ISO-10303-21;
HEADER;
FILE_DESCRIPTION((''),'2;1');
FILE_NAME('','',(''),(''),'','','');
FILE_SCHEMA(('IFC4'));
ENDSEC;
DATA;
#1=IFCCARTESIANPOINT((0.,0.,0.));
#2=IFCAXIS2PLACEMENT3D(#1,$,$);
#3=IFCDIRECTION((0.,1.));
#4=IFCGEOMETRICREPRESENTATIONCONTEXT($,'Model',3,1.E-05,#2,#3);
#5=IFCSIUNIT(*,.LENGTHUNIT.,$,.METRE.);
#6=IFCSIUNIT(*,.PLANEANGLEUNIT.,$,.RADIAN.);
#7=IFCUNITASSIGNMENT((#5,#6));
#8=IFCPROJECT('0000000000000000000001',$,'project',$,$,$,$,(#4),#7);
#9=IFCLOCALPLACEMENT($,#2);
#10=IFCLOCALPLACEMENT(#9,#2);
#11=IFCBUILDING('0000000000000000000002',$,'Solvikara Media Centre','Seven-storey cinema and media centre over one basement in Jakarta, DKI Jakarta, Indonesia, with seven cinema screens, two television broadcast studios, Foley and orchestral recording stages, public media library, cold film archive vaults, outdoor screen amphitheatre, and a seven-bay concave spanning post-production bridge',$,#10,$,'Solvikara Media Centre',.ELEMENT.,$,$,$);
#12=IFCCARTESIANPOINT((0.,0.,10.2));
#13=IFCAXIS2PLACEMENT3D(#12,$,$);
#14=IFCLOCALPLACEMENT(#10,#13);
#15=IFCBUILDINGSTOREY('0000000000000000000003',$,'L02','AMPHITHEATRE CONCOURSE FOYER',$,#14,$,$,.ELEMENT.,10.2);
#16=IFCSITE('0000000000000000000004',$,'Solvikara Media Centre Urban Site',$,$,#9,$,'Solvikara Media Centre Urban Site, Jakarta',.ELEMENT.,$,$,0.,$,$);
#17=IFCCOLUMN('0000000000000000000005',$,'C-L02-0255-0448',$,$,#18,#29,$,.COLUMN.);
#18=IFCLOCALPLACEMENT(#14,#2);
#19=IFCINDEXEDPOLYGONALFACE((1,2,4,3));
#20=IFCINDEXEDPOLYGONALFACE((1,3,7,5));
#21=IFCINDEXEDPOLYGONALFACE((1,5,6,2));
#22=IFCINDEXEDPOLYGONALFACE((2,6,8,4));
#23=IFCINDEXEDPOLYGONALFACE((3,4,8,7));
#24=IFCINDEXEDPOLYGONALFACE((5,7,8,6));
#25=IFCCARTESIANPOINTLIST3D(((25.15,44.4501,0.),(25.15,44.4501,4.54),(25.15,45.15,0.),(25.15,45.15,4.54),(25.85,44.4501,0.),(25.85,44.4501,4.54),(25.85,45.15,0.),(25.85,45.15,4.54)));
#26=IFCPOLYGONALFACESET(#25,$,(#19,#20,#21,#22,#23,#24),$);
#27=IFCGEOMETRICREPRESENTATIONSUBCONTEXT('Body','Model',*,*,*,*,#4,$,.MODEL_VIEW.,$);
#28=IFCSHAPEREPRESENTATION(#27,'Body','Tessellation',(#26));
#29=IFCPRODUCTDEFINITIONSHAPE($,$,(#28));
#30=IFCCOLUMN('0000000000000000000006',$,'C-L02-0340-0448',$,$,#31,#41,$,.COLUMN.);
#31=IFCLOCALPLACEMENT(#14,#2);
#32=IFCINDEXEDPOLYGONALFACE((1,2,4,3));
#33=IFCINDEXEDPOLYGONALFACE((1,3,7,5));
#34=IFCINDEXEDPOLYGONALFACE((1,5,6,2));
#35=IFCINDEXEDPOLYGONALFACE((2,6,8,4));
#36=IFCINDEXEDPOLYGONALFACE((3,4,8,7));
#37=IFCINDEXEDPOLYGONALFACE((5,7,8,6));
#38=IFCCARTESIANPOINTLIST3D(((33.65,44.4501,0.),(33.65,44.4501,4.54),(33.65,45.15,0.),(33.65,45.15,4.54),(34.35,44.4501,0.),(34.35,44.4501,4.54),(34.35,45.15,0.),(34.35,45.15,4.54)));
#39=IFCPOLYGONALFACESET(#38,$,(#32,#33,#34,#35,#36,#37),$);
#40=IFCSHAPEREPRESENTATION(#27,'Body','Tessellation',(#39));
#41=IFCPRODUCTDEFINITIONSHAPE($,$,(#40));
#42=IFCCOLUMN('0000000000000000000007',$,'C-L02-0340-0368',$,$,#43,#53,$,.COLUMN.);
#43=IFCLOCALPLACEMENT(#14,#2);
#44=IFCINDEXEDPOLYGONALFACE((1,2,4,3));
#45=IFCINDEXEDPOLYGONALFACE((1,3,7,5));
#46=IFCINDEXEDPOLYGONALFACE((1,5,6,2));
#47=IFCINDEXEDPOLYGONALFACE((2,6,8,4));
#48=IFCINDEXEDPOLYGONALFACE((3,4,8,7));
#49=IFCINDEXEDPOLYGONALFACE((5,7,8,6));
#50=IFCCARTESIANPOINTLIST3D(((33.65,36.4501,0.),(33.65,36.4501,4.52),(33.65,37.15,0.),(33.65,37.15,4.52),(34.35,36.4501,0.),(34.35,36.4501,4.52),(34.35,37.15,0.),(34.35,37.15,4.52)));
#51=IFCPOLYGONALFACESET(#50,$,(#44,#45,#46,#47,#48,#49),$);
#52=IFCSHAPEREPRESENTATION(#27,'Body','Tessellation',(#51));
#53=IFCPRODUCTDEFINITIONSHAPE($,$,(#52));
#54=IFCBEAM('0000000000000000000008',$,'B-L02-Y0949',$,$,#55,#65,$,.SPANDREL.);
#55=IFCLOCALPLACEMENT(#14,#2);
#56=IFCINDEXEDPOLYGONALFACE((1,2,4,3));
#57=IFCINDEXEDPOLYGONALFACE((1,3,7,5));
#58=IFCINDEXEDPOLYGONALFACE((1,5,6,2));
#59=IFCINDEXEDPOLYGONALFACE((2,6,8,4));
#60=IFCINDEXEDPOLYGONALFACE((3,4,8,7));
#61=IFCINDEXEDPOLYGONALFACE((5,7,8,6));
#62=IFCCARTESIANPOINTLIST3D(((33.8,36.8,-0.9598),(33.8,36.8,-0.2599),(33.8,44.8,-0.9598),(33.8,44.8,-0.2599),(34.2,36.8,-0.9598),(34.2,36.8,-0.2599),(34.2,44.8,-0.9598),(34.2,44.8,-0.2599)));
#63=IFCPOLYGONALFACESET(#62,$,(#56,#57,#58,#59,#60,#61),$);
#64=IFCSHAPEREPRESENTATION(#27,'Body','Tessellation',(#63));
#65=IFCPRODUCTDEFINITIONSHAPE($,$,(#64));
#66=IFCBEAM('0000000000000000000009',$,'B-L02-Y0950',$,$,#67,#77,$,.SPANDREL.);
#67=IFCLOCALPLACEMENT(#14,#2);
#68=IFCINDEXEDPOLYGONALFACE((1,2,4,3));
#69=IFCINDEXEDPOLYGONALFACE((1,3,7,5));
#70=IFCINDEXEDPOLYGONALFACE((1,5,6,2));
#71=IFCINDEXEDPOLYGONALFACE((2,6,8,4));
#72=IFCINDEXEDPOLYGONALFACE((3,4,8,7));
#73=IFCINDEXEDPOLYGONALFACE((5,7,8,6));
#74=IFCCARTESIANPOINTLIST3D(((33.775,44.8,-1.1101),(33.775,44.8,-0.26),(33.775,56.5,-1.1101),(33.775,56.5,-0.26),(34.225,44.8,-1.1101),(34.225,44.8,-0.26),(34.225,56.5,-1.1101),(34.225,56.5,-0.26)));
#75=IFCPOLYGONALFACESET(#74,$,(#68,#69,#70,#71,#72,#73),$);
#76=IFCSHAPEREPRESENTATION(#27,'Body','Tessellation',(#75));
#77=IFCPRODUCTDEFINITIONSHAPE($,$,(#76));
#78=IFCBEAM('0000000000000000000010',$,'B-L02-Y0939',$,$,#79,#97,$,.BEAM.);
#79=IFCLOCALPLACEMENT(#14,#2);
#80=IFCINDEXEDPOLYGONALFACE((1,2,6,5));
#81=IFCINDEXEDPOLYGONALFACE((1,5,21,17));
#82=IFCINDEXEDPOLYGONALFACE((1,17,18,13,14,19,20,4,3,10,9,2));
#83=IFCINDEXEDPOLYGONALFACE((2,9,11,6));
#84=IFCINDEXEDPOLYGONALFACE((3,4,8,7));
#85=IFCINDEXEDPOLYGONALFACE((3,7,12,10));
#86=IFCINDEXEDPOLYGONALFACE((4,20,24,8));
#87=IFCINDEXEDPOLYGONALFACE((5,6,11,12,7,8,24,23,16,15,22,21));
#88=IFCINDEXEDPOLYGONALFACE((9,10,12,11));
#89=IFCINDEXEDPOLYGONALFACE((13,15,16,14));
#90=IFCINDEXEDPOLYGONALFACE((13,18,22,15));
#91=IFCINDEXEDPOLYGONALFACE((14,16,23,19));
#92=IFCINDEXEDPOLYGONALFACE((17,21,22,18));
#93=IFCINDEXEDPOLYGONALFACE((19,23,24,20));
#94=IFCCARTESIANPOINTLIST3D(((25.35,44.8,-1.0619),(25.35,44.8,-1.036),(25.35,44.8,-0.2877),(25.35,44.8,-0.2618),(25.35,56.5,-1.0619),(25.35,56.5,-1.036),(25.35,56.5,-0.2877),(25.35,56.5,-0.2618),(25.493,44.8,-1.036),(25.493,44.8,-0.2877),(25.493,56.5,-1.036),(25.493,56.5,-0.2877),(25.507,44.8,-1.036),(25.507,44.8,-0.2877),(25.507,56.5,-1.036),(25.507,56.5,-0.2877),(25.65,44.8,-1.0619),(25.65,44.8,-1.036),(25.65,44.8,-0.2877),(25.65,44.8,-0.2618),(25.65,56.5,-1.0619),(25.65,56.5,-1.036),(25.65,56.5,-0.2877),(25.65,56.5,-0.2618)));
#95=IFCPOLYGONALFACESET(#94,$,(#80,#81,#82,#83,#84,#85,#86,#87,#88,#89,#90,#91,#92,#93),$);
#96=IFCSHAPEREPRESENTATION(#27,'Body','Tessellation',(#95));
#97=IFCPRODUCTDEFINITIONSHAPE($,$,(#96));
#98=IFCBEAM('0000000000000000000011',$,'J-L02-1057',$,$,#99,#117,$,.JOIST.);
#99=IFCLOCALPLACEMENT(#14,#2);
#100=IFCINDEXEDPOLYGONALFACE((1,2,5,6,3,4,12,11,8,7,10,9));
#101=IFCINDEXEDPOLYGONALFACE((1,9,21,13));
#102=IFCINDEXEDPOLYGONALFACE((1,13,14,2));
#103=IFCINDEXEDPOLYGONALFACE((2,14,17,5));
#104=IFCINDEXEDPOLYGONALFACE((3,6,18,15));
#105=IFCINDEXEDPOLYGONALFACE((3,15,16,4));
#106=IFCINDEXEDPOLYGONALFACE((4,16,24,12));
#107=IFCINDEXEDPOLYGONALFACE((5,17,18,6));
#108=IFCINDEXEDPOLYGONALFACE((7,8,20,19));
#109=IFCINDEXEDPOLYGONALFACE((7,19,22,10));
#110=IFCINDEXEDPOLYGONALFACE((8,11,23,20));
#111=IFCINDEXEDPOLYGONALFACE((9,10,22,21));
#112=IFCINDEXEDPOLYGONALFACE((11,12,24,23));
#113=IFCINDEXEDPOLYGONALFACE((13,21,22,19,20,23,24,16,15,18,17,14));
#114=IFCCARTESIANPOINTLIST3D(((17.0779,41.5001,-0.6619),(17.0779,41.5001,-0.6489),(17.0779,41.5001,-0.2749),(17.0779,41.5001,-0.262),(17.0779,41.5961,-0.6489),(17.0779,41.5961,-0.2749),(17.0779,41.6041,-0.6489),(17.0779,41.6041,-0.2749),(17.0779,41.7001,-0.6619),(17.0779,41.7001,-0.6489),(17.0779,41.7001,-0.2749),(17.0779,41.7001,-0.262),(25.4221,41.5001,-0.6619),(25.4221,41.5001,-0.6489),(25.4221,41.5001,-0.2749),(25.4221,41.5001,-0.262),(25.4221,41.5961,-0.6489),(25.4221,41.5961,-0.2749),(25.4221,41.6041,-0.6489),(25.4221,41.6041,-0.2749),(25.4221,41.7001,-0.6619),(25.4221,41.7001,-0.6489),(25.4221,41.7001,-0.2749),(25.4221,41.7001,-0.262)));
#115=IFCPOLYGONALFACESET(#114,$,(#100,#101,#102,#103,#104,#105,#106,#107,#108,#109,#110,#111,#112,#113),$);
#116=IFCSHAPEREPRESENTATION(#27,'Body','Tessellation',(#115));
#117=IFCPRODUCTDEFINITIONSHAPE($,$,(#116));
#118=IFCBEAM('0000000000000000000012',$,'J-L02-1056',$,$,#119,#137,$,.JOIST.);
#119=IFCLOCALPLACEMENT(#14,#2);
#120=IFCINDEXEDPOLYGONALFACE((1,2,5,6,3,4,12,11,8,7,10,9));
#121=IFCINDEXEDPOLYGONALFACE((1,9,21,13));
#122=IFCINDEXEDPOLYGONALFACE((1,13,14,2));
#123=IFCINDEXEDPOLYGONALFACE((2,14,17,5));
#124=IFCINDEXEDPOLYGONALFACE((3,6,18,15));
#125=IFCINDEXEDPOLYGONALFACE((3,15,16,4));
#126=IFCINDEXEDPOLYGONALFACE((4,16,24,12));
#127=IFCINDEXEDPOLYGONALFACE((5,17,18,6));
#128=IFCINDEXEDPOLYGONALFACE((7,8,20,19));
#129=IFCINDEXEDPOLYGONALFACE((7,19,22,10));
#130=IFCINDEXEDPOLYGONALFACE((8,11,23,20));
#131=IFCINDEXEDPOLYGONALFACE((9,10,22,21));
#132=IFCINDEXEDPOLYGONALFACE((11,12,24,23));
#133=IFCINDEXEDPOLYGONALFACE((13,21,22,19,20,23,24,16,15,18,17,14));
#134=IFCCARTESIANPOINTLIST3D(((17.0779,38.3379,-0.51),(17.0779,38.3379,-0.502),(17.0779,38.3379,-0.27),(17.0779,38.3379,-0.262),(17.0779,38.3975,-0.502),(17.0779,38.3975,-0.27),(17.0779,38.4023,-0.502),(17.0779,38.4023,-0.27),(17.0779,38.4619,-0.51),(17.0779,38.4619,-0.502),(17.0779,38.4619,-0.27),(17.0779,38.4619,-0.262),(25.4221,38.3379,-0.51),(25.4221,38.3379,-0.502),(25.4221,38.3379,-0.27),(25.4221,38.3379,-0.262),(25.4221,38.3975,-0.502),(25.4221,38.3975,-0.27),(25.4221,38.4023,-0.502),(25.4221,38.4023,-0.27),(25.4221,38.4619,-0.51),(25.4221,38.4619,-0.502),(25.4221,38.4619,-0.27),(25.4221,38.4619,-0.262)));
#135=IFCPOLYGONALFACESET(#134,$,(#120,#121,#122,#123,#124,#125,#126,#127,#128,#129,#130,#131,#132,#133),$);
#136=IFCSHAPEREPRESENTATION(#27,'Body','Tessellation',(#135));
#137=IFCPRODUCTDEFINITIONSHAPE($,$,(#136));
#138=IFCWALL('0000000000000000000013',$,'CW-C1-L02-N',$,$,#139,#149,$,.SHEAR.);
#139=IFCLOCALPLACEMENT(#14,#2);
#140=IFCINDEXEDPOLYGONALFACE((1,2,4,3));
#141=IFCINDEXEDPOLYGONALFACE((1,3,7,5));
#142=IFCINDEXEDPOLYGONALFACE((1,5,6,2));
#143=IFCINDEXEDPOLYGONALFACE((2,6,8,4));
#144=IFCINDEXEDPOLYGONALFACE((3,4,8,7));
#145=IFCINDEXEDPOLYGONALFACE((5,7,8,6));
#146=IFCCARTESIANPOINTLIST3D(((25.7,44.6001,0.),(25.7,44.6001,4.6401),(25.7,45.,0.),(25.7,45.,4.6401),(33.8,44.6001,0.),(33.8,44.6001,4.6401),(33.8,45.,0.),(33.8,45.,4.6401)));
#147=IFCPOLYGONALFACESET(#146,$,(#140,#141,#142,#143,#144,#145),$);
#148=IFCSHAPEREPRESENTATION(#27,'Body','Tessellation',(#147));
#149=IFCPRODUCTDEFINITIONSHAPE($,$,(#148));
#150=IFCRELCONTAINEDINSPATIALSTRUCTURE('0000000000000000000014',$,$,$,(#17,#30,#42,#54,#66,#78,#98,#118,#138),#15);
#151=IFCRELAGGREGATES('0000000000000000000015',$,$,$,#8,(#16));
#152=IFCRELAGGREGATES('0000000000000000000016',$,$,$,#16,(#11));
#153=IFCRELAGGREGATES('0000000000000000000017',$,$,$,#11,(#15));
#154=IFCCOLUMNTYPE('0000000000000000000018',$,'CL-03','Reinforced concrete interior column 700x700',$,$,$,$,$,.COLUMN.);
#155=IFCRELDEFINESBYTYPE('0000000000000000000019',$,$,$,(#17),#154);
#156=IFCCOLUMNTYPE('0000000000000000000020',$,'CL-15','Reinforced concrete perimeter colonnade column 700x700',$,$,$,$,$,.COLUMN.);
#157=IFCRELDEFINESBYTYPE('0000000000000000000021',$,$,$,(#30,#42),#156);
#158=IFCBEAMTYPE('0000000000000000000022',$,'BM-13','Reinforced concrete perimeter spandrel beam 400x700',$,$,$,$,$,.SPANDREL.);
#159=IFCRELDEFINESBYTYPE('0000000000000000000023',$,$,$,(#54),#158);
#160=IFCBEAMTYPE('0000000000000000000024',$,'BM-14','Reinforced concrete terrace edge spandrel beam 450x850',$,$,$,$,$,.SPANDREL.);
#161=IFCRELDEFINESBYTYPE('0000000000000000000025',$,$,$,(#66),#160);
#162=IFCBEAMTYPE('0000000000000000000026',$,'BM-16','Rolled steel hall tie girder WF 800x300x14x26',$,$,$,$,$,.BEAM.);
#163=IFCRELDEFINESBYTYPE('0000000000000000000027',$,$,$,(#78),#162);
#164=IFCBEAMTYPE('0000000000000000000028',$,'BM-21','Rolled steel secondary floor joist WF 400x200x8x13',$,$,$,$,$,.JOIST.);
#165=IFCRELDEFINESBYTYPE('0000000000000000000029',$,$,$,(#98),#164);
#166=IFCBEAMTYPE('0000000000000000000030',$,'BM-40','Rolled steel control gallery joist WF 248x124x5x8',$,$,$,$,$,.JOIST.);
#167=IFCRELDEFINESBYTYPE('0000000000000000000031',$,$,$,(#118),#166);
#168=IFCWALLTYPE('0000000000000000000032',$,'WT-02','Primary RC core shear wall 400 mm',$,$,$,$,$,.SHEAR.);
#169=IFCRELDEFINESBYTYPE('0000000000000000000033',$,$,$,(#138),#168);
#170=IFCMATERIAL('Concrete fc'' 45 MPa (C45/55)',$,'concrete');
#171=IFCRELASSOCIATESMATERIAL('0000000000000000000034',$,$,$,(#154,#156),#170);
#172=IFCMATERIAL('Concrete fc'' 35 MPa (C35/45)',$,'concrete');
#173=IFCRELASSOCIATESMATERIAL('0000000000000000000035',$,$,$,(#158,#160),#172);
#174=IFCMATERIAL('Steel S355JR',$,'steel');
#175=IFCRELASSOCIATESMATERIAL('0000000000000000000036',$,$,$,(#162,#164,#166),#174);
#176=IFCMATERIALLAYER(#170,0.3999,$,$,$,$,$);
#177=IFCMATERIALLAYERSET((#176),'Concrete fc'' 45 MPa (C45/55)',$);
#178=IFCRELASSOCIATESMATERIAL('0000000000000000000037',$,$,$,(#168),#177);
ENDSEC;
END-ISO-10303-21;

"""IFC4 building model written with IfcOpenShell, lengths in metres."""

from ifc_helpers import new_model, si_unit, direction, frame, frame_2d, origin, origin_2d, place, context, subcontext, project, spatial, rectangle, i_section, extrude, material, layer, layer_set, material_profile, profile_set, type_object, element, save


model = new_model("IFC4")

# Units and contexts
model_context = context("Model", 3, precision=1e-05, world=origin(), true_north=direction((0.0, 1.0)))
body_context = subcontext(model_context, "Body", "Model", "MODEL_VIEW")
ifc_project = project(units=[si_unit("LENGTHUNIT", "METRE"), si_unit("PLANEANGLEUNIT", "RADIAN")], contexts=[model_context])

# Site, building, storey
site_placement = place(None, origin())
site = spatial("IfcSite", under=ifc_project, at=site_placement, Name="Solvikara Media Centre Urban Site", LongName="Solvikara Media Centre Urban Site, Jakarta", CompositionType="ELEMENT", RefElevation=0.0)
building_placement = place(site_placement, origin())
building = spatial("IfcBuilding", under=site, at=building_placement, Name="Solvikara Media Centre", Description="Seven-storey cinema and media centre over one basement in Jakarta, DKI Jakarta, Indonesia, with seven cinema screens, two television broadcast studios, Foley and orchestral recording stages, public media library, cold film archive vaults, outdoor screen amphitheatre, and a seven-bay concave spanning post-production bridge", LongName="Solvikara Media Centre", CompositionType="ELEMENT")
storey_placement = place(building_placement, frame((0.0, 0.0, 10.2)))
storey = spatial("IfcBuildingStorey", under=building, at=storey_placement, Name="L02", Description="AMPHITHEATRE CONCOURSE FOYER", CompositionType="ELEMENT", Elevation=10.2)

# Columns
ifc_material_1 = material(Name="Concrete fc' 45 MPa (C45/55)", Category="concrete")
ifc_material_profile_1 = material_profile(ifc_material_1, rectangle(XDim=0.7, YDim=0.7, at=origin_2d()), Name="RC 700x700")
ifc_profile_set_1 = profile_set([ifc_material_profile_1], Name="Concrete fc' 45 MPa (C45/55)")
column_type_1 = type_object("IfcColumnType", Name="CL-03", Description="Reinforced concrete interior column 700x700", PredefinedType="COLUMN", material=ifc_profile_set_1)
column_1_placement = place(storey_placement, frame((25.5, 44.8, 0.0), z_axis=(0.0, 0.0, 1.0), x_axis=(1.0, 0.0, 0.0)))
element("IfcColumn", 1, at=column_1_placement, inside=storey, type_object=column_type_1, Name="C-L02-0255-0448", PredefinedType="COLUMN", context=body_context, shape_type="SweptSolid", body=[
    extrude(rectangle(XDim=0.7, YDim=0.7, at=origin_2d()), origin(), (0.0, 0.0, 1.0), 4.54),
])
ifc_material_profile_2 = material_profile(ifc_material_1, rectangle(XDim=0.7, YDim=0.7, at=origin_2d()), Name="RC 700x700")
ifc_profile_set_2 = profile_set([ifc_material_profile_2], Name="Concrete fc' 45 MPa (C45/55)")
column_type_2 = type_object("IfcColumnType", Name="CL-15", Description="Reinforced concrete perimeter colonnade column 700x700", PredefinedType="COLUMN", material=ifc_profile_set_2)
column_2_placement = place(storey_placement, frame((34.0, 44.8, 0.0), z_axis=(0.0, 0.0, 1.0), x_axis=(1.0, 0.0, 0.0)))
element("IfcColumn", 2, at=column_2_placement, inside=storey, type_object=column_type_2, Name="C-L02-0340-0448", PredefinedType="COLUMN", context=body_context, shape_type="SweptSolid", body=[
    extrude(rectangle(XDim=0.7, YDim=0.7, at=origin_2d()), origin(), (0.0, 0.0, 1.0), 4.54),
])
column_3_placement = place(storey_placement, frame((34.0, 36.8, 0.0), z_axis=(0.0, 0.0, 1.0), x_axis=(1.0, 0.0, 0.0)))
element("IfcColumn", 3, at=column_3_placement, inside=storey, type_object=column_type_2, Name="C-L02-0340-0368", PredefinedType="COLUMN", context=body_context, shape_type="SweptSolid", body=[
    extrude(rectangle(XDim=0.7, YDim=0.7, at=origin_2d()), origin(), (0.0, 0.0, 1.0), 4.52),
])

# Beams
ifc_material_2 = material(Name="Concrete fc' 35 MPa (C35/45)", Category="concrete")
ifc_material_profile_3 = material_profile(ifc_material_2, rectangle(XDim=0.3999, YDim=0.7, at=origin_2d()), Name="RC 400x700")
ifc_profile_set_3 = profile_set([ifc_material_profile_3], Name="Concrete fc' 35 MPa (C35/45)")
beam_type_1 = type_object("IfcBeamType", Name="BM-13", Description="Reinforced concrete perimeter spandrel beam 400x700", PredefinedType="SPANDREL", material=ifc_profile_set_3)
beam_1_placement = place(storey_placement, frame((34.0, 36.8, -0.6099), z_axis=(0.0, 1.0, 0.0), x_axis=(-1.0, 0.0, 0.0)))
element("IfcBeam", 4, at=beam_1_placement, inside=storey, type_object=beam_type_1, Name="B-L02-Y0949", PredefinedType="SPANDREL", context=body_context, shape_type="SweptSolid", body=[
    extrude(rectangle(XDim=0.3999, YDim=0.7, at=origin_2d()), origin(), (0.0, 0.0, 1.0), 8.0),
])
ifc_material_profile_4 = material_profile(ifc_material_2, rectangle(XDim=0.45, YDim=0.8501, at=origin_2d()), Name="RC 450x850")
ifc_profile_set_4 = profile_set([ifc_material_profile_4], Name="Concrete fc' 35 MPa (C35/45)")
beam_type_2 = type_object("IfcBeamType", Name="BM-14", Description="Reinforced concrete terrace edge spandrel beam 450x850", PredefinedType="SPANDREL", material=ifc_profile_set_4)
beam_2_placement = place(storey_placement, frame((34.0, 44.8, -0.6851), z_axis=(0.0, 1.0, 0.0), x_axis=(-1.0, 0.0, 0.0)))
element("IfcBeam", 5, at=beam_2_placement, inside=storey, type_object=beam_type_2, Name="B-L02-Y0950", PredefinedType="SPANDREL", context=body_context, shape_type="SweptSolid", body=[
    extrude(rectangle(XDim=0.45, YDim=0.8501, at=origin_2d()), origin(), (0.0, 0.0, 1.0), 11.7),
])
ifc_material_3 = material(Name="Steel S355JR", Category="steel")
ifc_material_profile_5 = material_profile(ifc_material_3, i_section(OverallWidth=0.3, OverallDepth=0.8, WebThickness=0.0139, FlangeThickness=0.0259, at=origin_2d()), Name="WF 800x300x14x26")
ifc_profile_set_5 = profile_set([ifc_material_profile_5], Name="Steel S355JR")
beam_type_3 = type_object("IfcBeamType", Name="BM-16", Description="Rolled steel hall tie girder WF 800x300x14x26", PredefinedType="BEAM", material=ifc_profile_set_5)
beam_3_placement = place(storey_placement, frame((25.5, 44.8, -0.6619), z_axis=(0.0, 1.0, 0.0), x_axis=(-1.0, 0.0, 0.0)))
element("IfcBeam", 6, at=beam_3_placement, inside=storey, type_object=beam_type_3, Name="B-L02-Y0939", PredefinedType="BEAM", context=body_context, shape_type="SweptSolid", body=[
    extrude(i_section(OverallWidth=0.3, OverallDepth=0.8, WebThickness=0.0139, FlangeThickness=0.0259, at=origin_2d()), origin(), (0.0, 0.0, 1.0), 11.7),
])
ifc_material_profile_6 = material_profile(ifc_material_3, i_section(OverallWidth=0.2, OverallDepth=0.3999, WebThickness=0.0081, FlangeThickness=0.0129, at=origin_2d()), Name="WF 400x200x8x13")
ifc_profile_set_6 = profile_set([ifc_material_profile_6], Name="Steel S355JR")
beam_type_4 = type_object("IfcBeamType", Name="BM-21", Description="Rolled steel secondary floor joist WF 400x200x8x13", PredefinedType="JOIST", material=ifc_profile_set_6)
beam_4_placement = place(storey_placement, frame((17.0779, 41.6001, -0.4619), z_axis=(1.0, 0.0, 0.0), x_axis=(0.0, 1.0, 0.0)))
element("IfcBeam", 7, at=beam_4_placement, inside=storey, type_object=beam_type_4, Name="J-L02-1057", PredefinedType="JOIST", context=body_context, shape_type="SweptSolid", body=[
    extrude(i_section(OverallWidth=0.2, OverallDepth=0.3999, WebThickness=0.0081, FlangeThickness=0.0129, at=origin_2d()), origin(), (0.0, 0.0, 1.0), 8.3442),
])
ifc_material_profile_7 = material_profile(ifc_material_3, i_section(OverallWidth=0.124, OverallDepth=0.248, WebThickness=0.0049, FlangeThickness=0.0081, at=origin_2d()), Name="WF 248x124x5x8")
ifc_profile_set_7 = profile_set([ifc_material_profile_7], Name="Steel S355JR")
beam_type_5 = type_object("IfcBeamType", Name="BM-40", Description="Rolled steel control gallery joist WF 248x124x5x8", PredefinedType="JOIST", material=ifc_profile_set_7)
beam_5_placement = place(storey_placement, frame((17.0779, 38.3999, -0.386), z_axis=(1.0, 0.0, 0.0), x_axis=(0.0, 1.0, 0.0)))
element("IfcBeam", 8, at=beam_5_placement, inside=storey, type_object=beam_type_5, Name="J-L02-1056", PredefinedType="JOIST", context=body_context, shape_type="SweptSolid", body=[
    extrude(i_section(OverallWidth=0.124, OverallDepth=0.248, WebThickness=0.0049, FlangeThickness=0.0081, at=origin_2d()), origin(), (0.0, 0.0, 1.0), 8.3442),
])

# Wall
ifc_layer_1 = layer(ifc_material_1, 0.3999)
ifc_layer_set_1 = layer_set([ifc_layer_1], Name="Concrete fc' 45 MPa (C45/55)")
wall_type_1 = type_object("IfcWallType", Name="WT-02", Description="Primary RC core shear wall 400 mm", PredefinedType="SHEAR", material=ifc_layer_set_1)
wall_1_placement = place(storey_placement, frame((25.7, 44.8, 0.0), z_axis=(0.0, 0.0, 1.0), x_axis=(1.0, 0.0, 0.0)))
element("IfcWall", 9, at=wall_1_placement, inside=storey, type_object=wall_type_1, Name="CW-C1-L02-N", PredefinedType="SHEAR", context=body_context, shape_type="SweptSolid", body=[
    extrude(rectangle(XDim=8.1001, YDim=0.3999, at=frame_2d((4.05, 0.0))), origin(), (0.0, 0.0, 1.0), 4.6401),
])

save(model, "model.ifc")
